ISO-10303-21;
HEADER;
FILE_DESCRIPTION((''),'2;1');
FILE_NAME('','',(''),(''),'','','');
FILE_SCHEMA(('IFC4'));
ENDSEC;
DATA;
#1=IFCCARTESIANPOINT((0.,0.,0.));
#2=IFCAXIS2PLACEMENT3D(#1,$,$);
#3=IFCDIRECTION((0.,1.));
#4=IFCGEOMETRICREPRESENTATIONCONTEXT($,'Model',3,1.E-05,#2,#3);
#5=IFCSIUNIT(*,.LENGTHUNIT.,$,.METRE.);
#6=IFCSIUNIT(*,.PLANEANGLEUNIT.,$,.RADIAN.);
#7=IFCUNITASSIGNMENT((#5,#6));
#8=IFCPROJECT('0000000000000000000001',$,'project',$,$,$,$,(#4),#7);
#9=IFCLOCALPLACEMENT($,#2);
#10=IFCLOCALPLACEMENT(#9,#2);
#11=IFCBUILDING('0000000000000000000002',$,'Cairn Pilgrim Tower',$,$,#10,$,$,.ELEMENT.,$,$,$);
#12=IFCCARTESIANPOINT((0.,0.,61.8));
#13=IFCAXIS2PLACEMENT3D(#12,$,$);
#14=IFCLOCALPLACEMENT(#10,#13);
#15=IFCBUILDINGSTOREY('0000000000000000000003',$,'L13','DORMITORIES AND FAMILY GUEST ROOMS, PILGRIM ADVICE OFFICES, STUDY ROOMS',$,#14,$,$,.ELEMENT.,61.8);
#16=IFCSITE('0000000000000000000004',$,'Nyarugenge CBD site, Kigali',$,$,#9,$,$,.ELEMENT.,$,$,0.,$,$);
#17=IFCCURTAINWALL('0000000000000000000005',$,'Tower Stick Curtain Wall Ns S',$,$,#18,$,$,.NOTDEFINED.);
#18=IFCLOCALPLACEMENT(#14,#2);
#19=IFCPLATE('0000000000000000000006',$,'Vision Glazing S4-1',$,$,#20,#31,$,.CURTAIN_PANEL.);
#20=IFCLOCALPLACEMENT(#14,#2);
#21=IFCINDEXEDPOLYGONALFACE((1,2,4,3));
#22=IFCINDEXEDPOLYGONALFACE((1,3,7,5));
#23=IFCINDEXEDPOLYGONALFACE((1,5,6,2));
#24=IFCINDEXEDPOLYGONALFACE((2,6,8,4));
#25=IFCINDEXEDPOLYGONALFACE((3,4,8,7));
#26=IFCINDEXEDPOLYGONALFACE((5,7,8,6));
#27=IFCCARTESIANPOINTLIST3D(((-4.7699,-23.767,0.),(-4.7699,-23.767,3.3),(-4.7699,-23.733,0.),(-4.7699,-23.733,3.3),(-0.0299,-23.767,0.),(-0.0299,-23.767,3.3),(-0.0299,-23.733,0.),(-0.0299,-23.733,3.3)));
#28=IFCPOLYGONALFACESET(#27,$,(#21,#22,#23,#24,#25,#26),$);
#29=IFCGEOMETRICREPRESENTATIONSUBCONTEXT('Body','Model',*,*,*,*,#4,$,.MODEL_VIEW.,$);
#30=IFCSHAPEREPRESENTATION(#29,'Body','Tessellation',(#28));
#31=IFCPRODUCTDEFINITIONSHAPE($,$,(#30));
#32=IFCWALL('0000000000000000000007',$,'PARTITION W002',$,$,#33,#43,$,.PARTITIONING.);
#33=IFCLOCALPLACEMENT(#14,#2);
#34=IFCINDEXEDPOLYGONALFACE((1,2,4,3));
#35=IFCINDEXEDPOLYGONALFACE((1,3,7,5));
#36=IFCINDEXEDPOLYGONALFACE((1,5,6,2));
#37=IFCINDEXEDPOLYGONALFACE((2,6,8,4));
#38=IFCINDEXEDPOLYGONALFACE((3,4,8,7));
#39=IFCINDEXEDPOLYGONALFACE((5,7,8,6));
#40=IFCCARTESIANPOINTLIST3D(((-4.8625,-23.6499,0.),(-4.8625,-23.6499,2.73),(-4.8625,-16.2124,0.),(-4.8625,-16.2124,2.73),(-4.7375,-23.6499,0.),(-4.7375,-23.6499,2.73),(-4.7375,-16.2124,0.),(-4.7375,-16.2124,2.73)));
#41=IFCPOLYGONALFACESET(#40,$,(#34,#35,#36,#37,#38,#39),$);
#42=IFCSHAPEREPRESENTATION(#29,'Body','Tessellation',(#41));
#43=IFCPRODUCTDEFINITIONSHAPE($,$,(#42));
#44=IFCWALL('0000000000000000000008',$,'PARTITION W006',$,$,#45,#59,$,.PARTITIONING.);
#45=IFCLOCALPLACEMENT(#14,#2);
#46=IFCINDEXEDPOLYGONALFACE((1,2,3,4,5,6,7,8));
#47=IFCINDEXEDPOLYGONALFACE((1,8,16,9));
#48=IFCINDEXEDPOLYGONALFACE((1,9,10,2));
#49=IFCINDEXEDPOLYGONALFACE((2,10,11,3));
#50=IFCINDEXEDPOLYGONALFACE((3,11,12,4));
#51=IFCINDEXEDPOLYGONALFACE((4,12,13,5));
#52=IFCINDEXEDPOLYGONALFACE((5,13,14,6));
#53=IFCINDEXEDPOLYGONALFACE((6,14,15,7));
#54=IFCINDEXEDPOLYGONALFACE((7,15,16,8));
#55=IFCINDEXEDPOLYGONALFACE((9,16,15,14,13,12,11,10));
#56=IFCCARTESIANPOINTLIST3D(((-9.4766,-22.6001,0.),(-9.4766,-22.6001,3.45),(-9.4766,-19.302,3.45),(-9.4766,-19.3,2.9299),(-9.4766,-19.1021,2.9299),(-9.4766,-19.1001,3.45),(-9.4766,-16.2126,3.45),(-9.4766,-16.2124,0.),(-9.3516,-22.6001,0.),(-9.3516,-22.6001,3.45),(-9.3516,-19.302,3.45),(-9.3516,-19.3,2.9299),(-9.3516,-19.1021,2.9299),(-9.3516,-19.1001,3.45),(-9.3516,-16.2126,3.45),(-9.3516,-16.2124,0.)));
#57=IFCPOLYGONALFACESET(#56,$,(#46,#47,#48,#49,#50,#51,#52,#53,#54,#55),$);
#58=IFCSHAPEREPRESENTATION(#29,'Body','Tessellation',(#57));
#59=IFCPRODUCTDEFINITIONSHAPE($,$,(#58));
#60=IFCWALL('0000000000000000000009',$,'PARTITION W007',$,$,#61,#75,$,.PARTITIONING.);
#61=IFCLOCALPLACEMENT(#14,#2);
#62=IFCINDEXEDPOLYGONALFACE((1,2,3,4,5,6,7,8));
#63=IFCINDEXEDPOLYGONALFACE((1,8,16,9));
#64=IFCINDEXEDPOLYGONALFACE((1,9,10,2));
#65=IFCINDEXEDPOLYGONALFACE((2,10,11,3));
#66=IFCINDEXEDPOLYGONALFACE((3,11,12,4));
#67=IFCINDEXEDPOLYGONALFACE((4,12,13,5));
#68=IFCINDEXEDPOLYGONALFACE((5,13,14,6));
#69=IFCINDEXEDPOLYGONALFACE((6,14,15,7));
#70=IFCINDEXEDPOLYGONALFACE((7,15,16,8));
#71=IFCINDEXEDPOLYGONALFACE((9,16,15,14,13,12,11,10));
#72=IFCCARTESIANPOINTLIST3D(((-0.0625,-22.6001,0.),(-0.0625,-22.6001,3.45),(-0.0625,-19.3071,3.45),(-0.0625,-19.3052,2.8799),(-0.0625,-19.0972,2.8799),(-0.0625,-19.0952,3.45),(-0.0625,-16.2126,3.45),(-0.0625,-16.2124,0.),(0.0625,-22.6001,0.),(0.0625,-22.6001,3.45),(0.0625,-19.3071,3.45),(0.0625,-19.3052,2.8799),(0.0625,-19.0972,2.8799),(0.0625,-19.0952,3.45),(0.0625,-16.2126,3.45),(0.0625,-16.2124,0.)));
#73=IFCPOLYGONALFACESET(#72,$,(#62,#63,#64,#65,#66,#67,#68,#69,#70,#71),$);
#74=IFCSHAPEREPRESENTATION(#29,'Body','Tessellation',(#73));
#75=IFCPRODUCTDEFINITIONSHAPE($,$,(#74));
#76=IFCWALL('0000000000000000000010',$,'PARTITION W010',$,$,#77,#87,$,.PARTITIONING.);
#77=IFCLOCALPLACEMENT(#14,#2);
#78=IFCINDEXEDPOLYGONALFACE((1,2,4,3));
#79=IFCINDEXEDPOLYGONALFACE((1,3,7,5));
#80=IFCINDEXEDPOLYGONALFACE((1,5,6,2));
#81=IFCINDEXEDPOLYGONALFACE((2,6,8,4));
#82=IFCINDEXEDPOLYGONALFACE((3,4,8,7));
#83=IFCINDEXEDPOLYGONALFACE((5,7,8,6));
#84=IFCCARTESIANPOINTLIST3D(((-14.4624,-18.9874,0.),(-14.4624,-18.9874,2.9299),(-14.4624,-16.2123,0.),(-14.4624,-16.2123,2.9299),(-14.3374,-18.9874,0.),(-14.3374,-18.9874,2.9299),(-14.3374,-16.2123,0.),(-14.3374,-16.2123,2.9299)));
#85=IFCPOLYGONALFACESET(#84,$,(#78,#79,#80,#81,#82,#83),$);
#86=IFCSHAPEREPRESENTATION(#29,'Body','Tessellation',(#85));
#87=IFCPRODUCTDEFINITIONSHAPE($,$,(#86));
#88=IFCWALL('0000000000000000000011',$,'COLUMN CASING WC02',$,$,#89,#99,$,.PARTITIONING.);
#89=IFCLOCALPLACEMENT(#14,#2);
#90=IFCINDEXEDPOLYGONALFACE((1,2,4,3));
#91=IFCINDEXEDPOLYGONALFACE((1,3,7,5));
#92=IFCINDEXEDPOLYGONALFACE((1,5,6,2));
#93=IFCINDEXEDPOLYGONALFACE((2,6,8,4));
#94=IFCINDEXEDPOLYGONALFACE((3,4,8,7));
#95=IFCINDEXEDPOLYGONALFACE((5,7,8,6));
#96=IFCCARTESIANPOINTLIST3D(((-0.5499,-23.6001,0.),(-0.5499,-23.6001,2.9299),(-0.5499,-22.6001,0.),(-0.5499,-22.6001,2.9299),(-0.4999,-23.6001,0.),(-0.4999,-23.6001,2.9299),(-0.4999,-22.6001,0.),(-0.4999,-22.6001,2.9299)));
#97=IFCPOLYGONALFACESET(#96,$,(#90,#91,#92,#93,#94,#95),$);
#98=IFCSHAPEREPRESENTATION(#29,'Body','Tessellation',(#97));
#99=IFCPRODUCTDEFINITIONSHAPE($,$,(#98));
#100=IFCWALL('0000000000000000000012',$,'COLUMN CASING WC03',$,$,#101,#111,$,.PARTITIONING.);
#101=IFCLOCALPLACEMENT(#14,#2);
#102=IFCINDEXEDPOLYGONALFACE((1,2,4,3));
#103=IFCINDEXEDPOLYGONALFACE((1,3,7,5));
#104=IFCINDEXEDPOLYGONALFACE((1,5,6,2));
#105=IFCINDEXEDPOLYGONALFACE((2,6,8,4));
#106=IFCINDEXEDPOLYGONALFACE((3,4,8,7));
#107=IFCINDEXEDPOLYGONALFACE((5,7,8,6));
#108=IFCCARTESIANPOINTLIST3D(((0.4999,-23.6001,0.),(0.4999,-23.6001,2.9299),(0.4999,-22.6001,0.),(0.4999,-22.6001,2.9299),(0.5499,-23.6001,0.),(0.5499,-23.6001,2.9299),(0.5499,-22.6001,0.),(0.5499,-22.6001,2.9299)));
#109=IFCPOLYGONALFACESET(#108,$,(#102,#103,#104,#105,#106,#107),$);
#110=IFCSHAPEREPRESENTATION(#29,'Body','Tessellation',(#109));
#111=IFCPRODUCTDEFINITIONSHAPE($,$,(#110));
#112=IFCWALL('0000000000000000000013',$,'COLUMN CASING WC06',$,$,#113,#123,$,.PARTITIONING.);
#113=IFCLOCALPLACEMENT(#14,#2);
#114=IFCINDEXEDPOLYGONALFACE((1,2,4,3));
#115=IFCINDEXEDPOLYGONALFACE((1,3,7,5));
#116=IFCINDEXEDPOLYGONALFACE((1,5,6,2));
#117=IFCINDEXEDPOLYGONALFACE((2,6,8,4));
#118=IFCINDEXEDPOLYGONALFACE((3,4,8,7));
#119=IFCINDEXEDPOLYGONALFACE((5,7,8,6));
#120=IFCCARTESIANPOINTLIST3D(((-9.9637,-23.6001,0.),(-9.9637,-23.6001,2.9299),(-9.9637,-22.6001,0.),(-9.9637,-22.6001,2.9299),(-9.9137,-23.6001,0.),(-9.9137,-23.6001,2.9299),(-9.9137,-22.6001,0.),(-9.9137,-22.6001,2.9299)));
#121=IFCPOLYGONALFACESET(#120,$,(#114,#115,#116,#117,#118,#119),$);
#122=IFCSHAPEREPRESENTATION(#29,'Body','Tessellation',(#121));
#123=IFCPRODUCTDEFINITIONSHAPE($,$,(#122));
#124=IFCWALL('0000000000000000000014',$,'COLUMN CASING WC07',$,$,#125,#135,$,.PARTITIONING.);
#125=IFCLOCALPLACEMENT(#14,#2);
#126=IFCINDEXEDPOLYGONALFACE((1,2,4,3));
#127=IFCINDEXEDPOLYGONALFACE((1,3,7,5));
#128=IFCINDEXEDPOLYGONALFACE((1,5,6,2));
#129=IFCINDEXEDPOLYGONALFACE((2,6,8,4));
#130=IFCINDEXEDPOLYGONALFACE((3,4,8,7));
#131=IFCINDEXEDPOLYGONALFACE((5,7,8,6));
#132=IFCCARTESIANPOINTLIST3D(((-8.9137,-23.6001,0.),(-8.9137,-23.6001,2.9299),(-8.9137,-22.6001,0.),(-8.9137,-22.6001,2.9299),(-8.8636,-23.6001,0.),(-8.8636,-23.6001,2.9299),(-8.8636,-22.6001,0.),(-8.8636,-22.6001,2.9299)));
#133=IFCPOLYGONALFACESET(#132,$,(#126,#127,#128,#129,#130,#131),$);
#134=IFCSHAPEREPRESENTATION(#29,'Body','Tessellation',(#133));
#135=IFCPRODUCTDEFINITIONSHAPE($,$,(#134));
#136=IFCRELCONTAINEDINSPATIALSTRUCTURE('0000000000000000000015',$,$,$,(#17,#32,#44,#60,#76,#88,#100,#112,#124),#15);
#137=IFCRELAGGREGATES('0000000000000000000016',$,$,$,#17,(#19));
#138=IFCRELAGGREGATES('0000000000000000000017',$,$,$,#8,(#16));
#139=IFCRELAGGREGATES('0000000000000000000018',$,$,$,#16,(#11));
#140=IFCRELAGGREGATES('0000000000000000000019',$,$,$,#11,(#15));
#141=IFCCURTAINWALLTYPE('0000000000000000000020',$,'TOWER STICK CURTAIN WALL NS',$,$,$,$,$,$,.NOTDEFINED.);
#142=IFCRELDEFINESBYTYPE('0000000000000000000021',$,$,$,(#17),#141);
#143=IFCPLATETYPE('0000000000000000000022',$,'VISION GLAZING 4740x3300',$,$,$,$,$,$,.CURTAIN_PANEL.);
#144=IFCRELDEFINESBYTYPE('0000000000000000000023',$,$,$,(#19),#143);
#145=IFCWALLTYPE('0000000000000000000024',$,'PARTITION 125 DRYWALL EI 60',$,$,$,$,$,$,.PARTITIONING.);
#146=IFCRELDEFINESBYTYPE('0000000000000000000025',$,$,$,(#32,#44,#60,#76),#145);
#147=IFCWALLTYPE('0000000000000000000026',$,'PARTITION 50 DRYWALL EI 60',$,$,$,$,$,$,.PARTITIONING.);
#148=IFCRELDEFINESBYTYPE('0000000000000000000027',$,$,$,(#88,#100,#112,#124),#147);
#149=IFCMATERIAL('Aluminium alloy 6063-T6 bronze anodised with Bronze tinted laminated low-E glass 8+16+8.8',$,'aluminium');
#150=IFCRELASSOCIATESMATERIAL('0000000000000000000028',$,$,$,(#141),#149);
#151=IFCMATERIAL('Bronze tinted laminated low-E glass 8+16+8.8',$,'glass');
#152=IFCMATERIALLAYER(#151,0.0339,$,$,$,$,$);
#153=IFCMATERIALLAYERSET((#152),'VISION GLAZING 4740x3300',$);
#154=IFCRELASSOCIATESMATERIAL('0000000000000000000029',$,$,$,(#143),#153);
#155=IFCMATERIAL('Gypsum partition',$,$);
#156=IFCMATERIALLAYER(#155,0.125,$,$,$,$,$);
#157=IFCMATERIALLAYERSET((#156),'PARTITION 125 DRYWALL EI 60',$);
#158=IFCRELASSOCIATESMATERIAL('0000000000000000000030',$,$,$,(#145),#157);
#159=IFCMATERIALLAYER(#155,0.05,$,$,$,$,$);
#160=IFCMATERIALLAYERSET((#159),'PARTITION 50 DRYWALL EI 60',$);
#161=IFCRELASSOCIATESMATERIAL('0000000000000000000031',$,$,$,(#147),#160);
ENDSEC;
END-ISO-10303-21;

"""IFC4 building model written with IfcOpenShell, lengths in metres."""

from ifc_helpers import new_model, si_unit, direction, frame, frame_2d, origin, origin_2d, place, context, subcontext, project, spatial, polyline, rectangle, outline, extrude, material, layer, layer_set, type_object, element, aggregate, save


model = new_model("IFC4")

# Units and contexts
model_context = context("Model", 3, precision=1e-05, world=origin(), true_north=direction((0.0, 1.0)))
body_context = subcontext(model_context, "Body", "Model", "MODEL_VIEW")
ifc_project = project(units=[si_unit("LENGTHUNIT", "METRE"), si_unit("PLANEANGLEUNIT", "RADIAN")], contexts=[model_context])

# Site, building, storey
site_placement = place(None, origin())
site = spatial("IfcSite", under=ifc_project, at=site_placement, Name="Nyarugenge CBD site, Kigali", CompositionType="ELEMENT", RefElevation=0.0)
building_placement = place(site_placement, origin())
building = spatial("IfcBuilding", under=site, at=building_placement, Name="Cairn Pilgrim Tower", CompositionType="ELEMENT")
storey_placement = place(building_placement, frame((0.0, 0.0, 61.8)))
storey = spatial("IfcBuildingStorey", under=building, at=storey_placement, Name="L13", Description="DORMITORIES AND FAMILY GUEST ROOMS, PILGRIM ADVICE OFFICES, STUDY ROOMS", CompositionType="ELEMENT", Elevation=61.8)

# Curtain wall
ifc_material_1 = material(Name="Aluminium alloy 6063-T6 bronze anodised with Bronze tinted laminated low-E glass 8+16+8.8", Category="aluminium")
curtain_wall_type = type_object("IfcCurtainWallType", Name="TOWER STICK CURTAIN WALL NS", PredefinedType="NOTDEFINED", material=ifc_material_1)
curtain_wall_placement = place(storey_placement, origin())
curtain_wall = element("IfcCurtainWall", 1, at=curtain_wall_placement, inside=storey, type_object=curtain_wall_type, Name="Tower Stick Curtain Wall Ns S", PredefinedType="NOTDEFINED")

# Plate
ifc_material_2 = material(Name="Bronze tinted laminated low-E glass 8+16+8.8", Category="glass")
ifc_layer_1 = layer(ifc_material_2, 0.0339)
ifc_layer_set_1 = layer_set([ifc_layer_1], Name="VISION GLAZING 4740x3300")
plate_type = type_object("IfcPlateType", Name="VISION GLAZING 4740x3300", PredefinedType="CURTAIN_PANEL", material=ifc_layer_set_1)
plate_1_placement = place(storey_placement, frame((-2.3999, -23.75, 0.0), z_axis=(0.0, 0.0, 1.0), x_axis=(1.0, 0.0, 0.0)))
plate_1 = element("IfcPlate", 2, at=plate_1_placement, type_object=plate_type, Name="Vision Glazing S4-1", PredefinedType="CURTAIN_PANEL", context=body_context, shape_type="SweptSolid", body=[
    extrude(rectangle(XDim=4.74, YDim=0.0339, at=origin_2d()), origin(), (0.0, 0.0, 1.0), 3.3),
])
aggregate(curtain_wall, [plate_1])

# Walls
ifc_material_3 = material(Name="Gypsum partition")
ifc_layer_2 = layer(ifc_material_3, 0.125)
ifc_layer_set_2 = layer_set([ifc_layer_2], Name="PARTITION 125 DRYWALL EI 60")
wall_type_1 = type_object("IfcWallType", Name="PARTITION 125 DRYWALL EI 60", PredefinedType="PARTITIONING", material=ifc_layer_set_2)
wall_1_placement = place(storey_placement, frame((-4.8, -23.6499, 0.0), z_axis=(0.0, 0.0, 1.0), x_axis=(0.0, 1.0, 0.0)))
element("IfcWall", 3, at=wall_1_placement, inside=storey, type_object=wall_type_1, Name="PARTITION W002", PredefinedType="PARTITIONING", context=body_context, shape_type="SweptSolid", body=[
    extrude(rectangle(XDim=7.4375, YDim=0.125, at=frame_2d((3.7188, 0.0))), origin(), (0.0, 0.0, 1.0), 2.73),
])
wall_2_placement = place(storey_placement, frame((-9.4141, -22.6001, 0.0), z_axis=(0.0, 0.0, 1.0), x_axis=(0.0, 1.0, 0.0)))
element("IfcWall", 4, at=wall_2_placement, inside=storey, type_object=wall_type_1, Name="PARTITION W006", PredefinedType="PARTITIONING", context=body_context, shape_type="SweptSolid", body=[
    extrude(outline(polyline([(0.0, 0.0), (6.3877, 0.0), (6.3875, 3.45), (3.5, 3.45), (3.498, 2.9299), (3.3, 2.9299), (3.2981, 3.45), (0.0, 3.45), (0.0, 0.0)])), frame((0.0, 0.0625, 0.0), z_axis=(0.0, -1.0, 0.0), x_axis=(1.0, 0.0, 0.0)), (0.0, 0.0, 1.0), 0.125),
])
wall_3_placement = place(storey_placement, frame((0.0, -22.6001, 0.0), z_axis=(0.0, 0.0, 1.0), x_axis=(0.0, 1.0, 0.0)))
element("IfcWall", 5, at=wall_3_placement, inside=storey, type_object=wall_type_1, Name="PARTITION W007", PredefinedType="PARTITIONING", context=body_context, shape_type="SweptSolid", body=[
    extrude(outline(polyline([(0.0, 0.0), (6.3877, 0.0), (6.3875, 3.45), (3.5049, 3.45), (3.5029, 2.8799), (3.2949, 2.8799), (3.293, 3.45), (0.0, 3.45), (0.0, 0.0)])), frame((0.0, 0.0625, 0.0), z_axis=(0.0, -1.0, 0.0), x_axis=(1.0, 0.0, 0.0)), (0.0, 0.0, 1.0), 0.125),
])
wall_4_placement = place(storey_placement, frame((-14.3999, -18.9875, 0.0), z_axis=(0.0, 0.0, 1.0), x_axis=(0.0, 1.0, 0.0)))
element("IfcWall", 6, at=wall_4_placement, inside=storey, type_object=wall_type_1, Name="PARTITION W010", PredefinedType="PARTITIONING", context=body_context, shape_type="SweptSolid", body=[
    extrude(rectangle(XDim=2.7751, YDim=0.125, at=frame_2d((1.3877, 0.0))), origin(), (0.0, 0.0, 1.0), 2.9299),
])
ifc_layer_3 = layer(ifc_material_3, 0.05)
ifc_layer_set_3 = layer_set([ifc_layer_3], Name="PARTITION 50 DRYWALL EI 60")
wall_type_2 = type_object("IfcWallType", Name="PARTITION 50 DRYWALL EI 60", PredefinedType="PARTITIONING", material=ifc_layer_set_3)
for number, where, z_axis, x_axis, name in (
    (7, (-0.5249, -23.6001, 0.0), (0.0, 0.0, 1.0), (0.0, 1.0, 0.0), "COLUMN CASING WC02"),
    (8, (0.5249, -23.6001, 0.0), (0.0, 0.0, 1.0), (0.0, 1.0, 0.0), "COLUMN CASING WC03"),
    (9, (-9.9387, -23.6001, 0.0), (0.0, 0.0, 1.0), (0.0, 1.0, 0.0), "COLUMN CASING WC06"),
    (10, (-8.8887, -23.6001, 0.0), (0.0, 0.0, 1.0), (0.0, 1.0, 0.0), "COLUMN CASING WC07"),
):
    element("IfcWall", number, at=place(storey_placement, frame(where, z_axis=z_axis, x_axis=x_axis)), inside=storey, type_object=wall_type_2, Name=name, PredefinedType="PARTITIONING", context=body_context, shape_type="SweptSolid", body=[
        extrude(rectangle(XDim=1.0, YDim=0.05, at=frame_2d((0.5, 0.0))), origin(), (0.0, 0.0, 1.0), 2.9299),
    ])

save(model, "model.ifc")
